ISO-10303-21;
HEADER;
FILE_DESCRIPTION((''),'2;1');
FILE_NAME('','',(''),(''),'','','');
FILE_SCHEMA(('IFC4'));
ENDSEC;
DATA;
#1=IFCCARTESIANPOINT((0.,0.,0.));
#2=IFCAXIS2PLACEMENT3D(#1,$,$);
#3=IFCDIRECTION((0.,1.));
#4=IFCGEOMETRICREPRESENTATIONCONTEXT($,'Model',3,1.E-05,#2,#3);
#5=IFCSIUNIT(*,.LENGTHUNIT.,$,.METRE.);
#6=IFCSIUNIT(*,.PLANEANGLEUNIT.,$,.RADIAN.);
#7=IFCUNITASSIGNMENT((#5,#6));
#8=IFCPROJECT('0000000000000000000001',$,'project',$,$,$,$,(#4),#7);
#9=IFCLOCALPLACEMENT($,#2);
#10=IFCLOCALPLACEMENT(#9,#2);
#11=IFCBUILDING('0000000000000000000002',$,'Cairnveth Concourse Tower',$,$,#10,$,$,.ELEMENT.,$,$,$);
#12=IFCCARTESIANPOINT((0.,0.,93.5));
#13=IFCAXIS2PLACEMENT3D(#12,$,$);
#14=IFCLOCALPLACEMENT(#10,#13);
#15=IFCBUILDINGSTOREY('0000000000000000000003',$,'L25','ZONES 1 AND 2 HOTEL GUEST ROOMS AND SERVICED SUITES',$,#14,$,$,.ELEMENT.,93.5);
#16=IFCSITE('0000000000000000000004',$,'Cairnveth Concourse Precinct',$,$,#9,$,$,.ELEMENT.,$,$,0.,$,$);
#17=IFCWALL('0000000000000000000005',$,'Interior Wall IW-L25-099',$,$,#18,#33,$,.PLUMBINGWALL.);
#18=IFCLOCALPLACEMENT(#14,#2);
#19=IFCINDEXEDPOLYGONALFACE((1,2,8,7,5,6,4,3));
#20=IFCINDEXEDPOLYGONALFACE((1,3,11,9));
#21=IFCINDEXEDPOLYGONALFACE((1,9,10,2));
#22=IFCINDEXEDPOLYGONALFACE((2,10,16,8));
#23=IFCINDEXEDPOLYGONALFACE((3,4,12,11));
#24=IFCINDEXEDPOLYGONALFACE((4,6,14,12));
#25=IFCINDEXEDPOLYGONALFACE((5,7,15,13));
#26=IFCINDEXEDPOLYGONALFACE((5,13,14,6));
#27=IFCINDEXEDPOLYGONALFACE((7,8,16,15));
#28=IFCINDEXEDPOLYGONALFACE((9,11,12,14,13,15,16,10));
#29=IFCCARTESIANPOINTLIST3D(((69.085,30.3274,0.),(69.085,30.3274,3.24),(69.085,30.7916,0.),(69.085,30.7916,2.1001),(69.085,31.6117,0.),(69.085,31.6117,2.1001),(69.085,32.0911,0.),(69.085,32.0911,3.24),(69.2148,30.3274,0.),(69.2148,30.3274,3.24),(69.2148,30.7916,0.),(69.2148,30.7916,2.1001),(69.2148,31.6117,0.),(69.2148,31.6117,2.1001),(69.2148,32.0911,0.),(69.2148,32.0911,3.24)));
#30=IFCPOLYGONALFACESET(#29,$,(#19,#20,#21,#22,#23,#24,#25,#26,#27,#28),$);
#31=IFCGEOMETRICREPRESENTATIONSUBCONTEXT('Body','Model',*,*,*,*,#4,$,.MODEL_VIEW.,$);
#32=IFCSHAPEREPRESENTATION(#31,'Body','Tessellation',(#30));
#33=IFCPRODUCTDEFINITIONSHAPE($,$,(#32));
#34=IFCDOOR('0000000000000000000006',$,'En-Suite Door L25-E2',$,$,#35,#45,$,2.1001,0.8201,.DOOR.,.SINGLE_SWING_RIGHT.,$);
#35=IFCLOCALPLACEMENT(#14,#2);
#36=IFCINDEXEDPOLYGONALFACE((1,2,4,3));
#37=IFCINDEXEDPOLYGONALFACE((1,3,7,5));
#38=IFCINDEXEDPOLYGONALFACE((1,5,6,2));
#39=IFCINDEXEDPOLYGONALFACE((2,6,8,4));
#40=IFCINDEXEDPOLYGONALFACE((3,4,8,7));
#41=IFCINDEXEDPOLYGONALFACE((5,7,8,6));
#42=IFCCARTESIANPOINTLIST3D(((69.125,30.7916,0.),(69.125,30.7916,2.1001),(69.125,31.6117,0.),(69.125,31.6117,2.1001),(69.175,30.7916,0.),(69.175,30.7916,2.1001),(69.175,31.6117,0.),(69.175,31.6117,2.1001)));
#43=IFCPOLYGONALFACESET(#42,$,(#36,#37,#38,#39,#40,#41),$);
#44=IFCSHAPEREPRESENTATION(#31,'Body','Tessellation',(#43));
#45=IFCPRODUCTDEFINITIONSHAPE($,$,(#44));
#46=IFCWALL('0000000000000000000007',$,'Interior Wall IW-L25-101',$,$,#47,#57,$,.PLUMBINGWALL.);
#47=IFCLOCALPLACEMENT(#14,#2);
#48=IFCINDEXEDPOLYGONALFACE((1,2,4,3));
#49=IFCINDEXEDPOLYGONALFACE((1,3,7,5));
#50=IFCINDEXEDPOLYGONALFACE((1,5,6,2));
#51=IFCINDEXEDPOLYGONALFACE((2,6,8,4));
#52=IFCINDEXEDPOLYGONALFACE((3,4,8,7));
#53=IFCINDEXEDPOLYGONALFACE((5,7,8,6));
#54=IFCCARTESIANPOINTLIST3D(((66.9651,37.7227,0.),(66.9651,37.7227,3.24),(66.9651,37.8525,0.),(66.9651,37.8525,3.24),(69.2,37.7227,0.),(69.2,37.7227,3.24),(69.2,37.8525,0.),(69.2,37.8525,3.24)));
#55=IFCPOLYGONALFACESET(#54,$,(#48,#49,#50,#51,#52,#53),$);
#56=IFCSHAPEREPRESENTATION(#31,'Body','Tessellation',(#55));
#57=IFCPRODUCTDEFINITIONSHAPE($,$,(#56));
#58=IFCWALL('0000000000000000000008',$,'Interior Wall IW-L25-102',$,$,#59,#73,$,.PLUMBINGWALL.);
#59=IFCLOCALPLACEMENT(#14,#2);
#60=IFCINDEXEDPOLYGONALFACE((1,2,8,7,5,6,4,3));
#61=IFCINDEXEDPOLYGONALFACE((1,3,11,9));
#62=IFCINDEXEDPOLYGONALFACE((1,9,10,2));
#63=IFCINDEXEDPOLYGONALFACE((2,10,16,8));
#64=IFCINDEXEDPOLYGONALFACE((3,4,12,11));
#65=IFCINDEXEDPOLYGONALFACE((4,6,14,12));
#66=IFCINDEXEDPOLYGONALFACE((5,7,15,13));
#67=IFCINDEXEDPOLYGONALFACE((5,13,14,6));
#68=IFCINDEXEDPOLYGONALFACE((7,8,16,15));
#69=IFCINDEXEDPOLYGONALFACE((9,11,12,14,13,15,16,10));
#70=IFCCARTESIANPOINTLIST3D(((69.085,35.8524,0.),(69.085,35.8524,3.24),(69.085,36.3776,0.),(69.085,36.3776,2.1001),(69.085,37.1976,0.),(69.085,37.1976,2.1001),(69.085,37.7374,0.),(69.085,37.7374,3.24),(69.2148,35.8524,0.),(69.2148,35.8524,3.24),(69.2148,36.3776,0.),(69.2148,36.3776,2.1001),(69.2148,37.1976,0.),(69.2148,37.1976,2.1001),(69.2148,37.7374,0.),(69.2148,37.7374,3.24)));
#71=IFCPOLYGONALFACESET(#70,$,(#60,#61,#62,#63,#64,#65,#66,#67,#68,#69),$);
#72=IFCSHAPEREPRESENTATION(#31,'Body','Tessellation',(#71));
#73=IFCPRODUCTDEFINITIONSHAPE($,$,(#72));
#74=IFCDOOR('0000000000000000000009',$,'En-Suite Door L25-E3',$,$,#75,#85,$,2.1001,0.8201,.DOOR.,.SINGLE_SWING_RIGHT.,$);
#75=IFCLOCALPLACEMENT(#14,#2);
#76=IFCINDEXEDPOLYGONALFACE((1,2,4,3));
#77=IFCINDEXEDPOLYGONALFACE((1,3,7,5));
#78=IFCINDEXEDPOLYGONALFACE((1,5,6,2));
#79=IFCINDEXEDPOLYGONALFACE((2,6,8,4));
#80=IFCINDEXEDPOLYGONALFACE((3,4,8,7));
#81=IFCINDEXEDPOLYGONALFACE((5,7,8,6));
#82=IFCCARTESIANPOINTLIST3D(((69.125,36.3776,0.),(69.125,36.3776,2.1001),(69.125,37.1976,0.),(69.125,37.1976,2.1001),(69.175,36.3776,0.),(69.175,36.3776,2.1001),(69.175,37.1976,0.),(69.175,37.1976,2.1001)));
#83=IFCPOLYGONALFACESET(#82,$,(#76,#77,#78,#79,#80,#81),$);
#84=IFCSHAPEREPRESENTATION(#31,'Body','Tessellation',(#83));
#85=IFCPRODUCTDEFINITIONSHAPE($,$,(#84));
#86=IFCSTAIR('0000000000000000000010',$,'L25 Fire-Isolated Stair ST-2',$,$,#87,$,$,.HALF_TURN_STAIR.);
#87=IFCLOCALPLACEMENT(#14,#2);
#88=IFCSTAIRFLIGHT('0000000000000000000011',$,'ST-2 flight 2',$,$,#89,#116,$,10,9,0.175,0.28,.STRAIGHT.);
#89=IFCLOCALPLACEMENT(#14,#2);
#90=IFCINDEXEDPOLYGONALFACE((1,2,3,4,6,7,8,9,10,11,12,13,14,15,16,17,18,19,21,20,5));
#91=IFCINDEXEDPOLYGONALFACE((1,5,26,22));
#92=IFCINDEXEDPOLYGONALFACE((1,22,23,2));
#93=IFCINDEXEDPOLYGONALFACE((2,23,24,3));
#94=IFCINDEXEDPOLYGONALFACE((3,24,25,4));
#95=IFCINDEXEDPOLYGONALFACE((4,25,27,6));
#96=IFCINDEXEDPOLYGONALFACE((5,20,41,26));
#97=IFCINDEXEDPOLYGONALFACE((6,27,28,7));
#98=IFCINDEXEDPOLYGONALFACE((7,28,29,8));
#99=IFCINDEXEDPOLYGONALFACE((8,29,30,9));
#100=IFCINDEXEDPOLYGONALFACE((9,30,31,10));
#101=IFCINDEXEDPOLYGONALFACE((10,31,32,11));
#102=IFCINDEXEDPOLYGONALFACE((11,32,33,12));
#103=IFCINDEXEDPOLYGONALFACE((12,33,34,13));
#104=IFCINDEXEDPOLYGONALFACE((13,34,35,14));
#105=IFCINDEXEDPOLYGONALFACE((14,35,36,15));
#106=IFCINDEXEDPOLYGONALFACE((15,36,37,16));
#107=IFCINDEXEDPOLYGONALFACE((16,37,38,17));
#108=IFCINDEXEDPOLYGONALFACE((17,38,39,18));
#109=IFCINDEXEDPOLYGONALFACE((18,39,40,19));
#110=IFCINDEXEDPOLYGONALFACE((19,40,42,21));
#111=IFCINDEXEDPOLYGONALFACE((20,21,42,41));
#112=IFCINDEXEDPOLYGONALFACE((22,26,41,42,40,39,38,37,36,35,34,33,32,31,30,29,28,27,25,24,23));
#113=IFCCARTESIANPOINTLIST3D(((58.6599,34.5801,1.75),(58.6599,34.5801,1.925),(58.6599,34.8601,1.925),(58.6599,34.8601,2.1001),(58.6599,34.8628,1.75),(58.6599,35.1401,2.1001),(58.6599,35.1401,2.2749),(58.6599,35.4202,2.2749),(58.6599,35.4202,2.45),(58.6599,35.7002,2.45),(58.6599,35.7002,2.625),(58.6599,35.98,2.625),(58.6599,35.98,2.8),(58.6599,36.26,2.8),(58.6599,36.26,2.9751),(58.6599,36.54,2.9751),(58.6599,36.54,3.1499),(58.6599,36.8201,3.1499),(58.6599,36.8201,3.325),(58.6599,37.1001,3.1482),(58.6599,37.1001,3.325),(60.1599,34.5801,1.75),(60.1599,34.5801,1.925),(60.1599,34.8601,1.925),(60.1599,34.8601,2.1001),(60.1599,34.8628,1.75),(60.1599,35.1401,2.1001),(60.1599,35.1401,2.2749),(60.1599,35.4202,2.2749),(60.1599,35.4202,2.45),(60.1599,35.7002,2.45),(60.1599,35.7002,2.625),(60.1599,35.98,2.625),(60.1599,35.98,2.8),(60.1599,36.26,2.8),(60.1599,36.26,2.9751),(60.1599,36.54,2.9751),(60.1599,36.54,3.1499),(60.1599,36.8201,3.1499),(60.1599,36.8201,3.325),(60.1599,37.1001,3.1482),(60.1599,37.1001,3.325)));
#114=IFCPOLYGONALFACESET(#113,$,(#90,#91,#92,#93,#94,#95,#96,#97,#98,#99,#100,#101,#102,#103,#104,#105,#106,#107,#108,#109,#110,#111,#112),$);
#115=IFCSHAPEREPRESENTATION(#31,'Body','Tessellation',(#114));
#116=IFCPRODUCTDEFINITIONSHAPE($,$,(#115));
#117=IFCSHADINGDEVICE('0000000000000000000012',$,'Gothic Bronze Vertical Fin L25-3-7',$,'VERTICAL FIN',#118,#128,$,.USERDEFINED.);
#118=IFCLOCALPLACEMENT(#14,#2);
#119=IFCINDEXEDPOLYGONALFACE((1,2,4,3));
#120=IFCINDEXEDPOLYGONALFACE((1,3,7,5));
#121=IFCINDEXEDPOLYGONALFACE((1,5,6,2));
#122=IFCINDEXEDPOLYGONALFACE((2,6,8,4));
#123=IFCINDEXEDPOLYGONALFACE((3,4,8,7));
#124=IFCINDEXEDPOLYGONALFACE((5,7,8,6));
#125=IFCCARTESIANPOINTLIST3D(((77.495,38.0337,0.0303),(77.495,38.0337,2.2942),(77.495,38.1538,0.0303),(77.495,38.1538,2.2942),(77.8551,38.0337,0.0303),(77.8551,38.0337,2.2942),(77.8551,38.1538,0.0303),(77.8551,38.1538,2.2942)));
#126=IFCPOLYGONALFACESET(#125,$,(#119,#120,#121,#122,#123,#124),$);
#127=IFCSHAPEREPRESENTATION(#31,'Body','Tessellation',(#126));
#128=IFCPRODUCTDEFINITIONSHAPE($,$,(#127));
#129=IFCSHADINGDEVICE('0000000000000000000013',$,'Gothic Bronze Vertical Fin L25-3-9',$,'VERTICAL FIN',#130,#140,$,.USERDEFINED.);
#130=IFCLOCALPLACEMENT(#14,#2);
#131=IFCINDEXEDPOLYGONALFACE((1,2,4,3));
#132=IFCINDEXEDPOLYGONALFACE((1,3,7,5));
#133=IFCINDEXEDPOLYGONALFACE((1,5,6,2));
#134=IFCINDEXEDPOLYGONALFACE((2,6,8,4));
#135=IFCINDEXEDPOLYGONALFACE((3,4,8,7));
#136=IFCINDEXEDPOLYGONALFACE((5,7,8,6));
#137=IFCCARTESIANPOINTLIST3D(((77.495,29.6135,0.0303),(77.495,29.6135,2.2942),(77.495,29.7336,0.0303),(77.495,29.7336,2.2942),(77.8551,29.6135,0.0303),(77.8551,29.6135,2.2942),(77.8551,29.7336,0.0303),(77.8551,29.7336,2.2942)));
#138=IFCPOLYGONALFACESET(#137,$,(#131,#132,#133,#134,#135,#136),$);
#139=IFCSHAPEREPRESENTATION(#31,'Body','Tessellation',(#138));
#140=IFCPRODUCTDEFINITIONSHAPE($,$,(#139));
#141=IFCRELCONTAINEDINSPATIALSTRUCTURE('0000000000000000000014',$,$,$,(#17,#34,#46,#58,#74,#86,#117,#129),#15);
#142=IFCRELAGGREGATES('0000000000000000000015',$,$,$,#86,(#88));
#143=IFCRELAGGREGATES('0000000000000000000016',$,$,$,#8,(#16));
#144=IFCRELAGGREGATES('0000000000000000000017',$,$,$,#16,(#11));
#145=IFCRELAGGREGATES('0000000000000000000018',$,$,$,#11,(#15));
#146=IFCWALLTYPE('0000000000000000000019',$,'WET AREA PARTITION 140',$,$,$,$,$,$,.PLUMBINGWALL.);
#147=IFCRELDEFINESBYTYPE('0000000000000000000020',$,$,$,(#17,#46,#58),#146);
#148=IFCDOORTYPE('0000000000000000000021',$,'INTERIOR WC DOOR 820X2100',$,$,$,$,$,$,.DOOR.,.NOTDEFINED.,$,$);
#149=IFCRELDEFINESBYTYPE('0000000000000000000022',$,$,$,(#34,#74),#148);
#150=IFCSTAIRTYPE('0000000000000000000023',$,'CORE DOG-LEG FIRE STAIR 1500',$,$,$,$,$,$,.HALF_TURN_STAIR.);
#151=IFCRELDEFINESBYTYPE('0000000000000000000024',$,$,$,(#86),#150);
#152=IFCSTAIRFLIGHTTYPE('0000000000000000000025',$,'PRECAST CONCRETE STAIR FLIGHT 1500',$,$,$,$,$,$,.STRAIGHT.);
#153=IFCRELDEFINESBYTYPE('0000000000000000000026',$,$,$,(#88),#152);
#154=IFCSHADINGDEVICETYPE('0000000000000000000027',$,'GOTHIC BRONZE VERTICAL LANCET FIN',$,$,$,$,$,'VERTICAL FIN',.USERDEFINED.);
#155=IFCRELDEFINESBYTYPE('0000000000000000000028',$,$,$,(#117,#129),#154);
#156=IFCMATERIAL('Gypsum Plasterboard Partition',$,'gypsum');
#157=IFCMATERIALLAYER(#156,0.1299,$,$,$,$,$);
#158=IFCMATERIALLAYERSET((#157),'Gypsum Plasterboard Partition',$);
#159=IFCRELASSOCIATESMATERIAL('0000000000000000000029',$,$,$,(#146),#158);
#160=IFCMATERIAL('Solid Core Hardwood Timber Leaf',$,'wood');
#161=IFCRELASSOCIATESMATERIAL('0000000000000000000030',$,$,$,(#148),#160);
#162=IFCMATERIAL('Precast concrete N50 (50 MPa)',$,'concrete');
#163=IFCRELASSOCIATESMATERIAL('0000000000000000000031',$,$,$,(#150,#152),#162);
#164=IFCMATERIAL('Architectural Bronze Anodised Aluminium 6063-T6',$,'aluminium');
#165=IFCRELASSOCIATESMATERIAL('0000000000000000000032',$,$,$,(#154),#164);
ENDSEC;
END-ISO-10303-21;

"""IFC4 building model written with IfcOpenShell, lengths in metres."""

from ifc_helpers import new_model, si_unit, direction, frame, frame_2d, origin, origin_2d, place, context, subcontext, project, spatial, polyline, rectangle, outline, extrude, material, layer, layer_set, type_object, element, fill, aggregate, save


model = new_model("IFC4")

# Units and contexts
model_context = context("Model", 3, precision=1e-05, world=origin(), true_north=direction((0.0, 1.0)))
body_context = subcontext(model_context, "Body", "Model", "MODEL_VIEW")
ifc_project = project(units=[si_unit("LENGTHUNIT", "METRE"), si_unit("PLANEANGLEUNIT", "RADIAN")], contexts=[model_context])

# Site, building, storey
site_placement = place(None, origin())
site = spatial("IfcSite", under=ifc_project, at=site_placement, Name="Cairnveth Concourse Precinct", CompositionType="ELEMENT", RefElevation=0.0)
building_placement = place(site_placement, origin())
building = spatial("IfcBuilding", under=site, at=building_placement, Name="Cairnveth Concourse Tower", CompositionType="ELEMENT")
storey_placement = place(building_placement, frame((0.0, 0.0, 93.5)))
storey = spatial("IfcBuildingStorey", under=building, at=storey_placement, Name="L25", Description="ZONES 1 AND 2 HOTEL GUEST ROOMS AND SERVICED SUITES", CompositionType="ELEMENT", Elevation=93.5)

# Shared definitions
ifc_material_1 = material(Name="Gypsum Plasterboard Partition", Category="gypsum")

# Shared definitions
ifc_layer_1 = layer(ifc_material_1, 0.1299)
ifc_layer_set_1 = layer_set([ifc_layer_1], Name="Gypsum Plasterboard Partition")
wall_type_1 = type_object("IfcWallType", Name="WET AREA PARTITION 140", PredefinedType="PLUMBINGWALL", material=ifc_layer_set_1)

# Wall, opening, door
wall_1_placement = place(storey_placement, frame((69.1499, 30.3274, 0.0), z_axis=(0.0, 0.0, 1.0), x_axis=(0.0, 1.0, 0.0)))
wall_1 = element("IfcWall", 1, at=wall_1_placement, inside=storey, type_object=wall_type_1, Name="Interior Wall IW-L25-099", PredefinedType="PLUMBINGWALL", context=body_context, shape_type="SweptSolid", body=[
    extrude(rectangle(XDim=1.7637, YDim=0.1299, at=frame_2d((0.8818, 0.0))), origin(), (0.0, 0.0, 1.0), 3.24),
])
opening_1_placement = place(wall_1_placement, frame((0.4641, 0.0, 0.0)))
opening_1 = element("IfcOpeningElement", 2, at=opening_1_placement, cuts=wall_1, PredefinedType="OPENING", context=body_context, shape_type="SweptSolid", body=[
    extrude(rectangle(XDim=0.8201, YDim=2.1001, at=frame_2d((0.4102, 1.05))), frame((0.0, 0.075, 0.0), z_axis=(0.0, -1.0, 0.0), x_axis=(1.0, 0.0, 0.0)), (0.0, 0.0, 1.0), 0.1499),
])
ifc_material_2 = material(Name="Solid Core Hardwood Timber Leaf", Category="wood")
door_type_1 = type_object("IfcDoorType", Name="INTERIOR WC DOOR 820X2100", OperationType="NOTDEFINED", PredefinedType="DOOR", material=ifc_material_2)
door_1_placement = place(opening_1_placement, origin())
door_1 = element("IfcDoor", 3, at=door_1_placement, inside=storey, type_object=door_type_1, Name="En-Suite Door L25-E2", OperationType="SINGLE_SWING_RIGHT", OverallHeight=2.1001, OverallWidth=0.8201, PredefinedType="DOOR", context=body_context, shape_type="SweptSolid", body=[
    extrude(rectangle(XDim=0.8201, YDim=2.1001, at=frame_2d((0.4102, 1.05))), frame((0.0, 0.0249, 0.0), z_axis=(0.0, -1.0, 0.0), x_axis=(1.0, 0.0, 0.0)), (0.0, 0.0, 1.0), 0.05),
])
fill(opening_1, door_1)

# Wall
wall_2_placement = place(storey_placement, frame((66.9651, 37.7876, 0.0), z_axis=(0.0, 0.0, 1.0), x_axis=(1.0, 0.0, 0.0)))
element("IfcWall", 4, at=wall_2_placement, inside=storey, type_object=wall_type_1, Name="Interior Wall IW-L25-101", PredefinedType="PLUMBINGWALL", context=body_context, shape_type="SweptSolid", body=[
    extrude(rectangle(XDim=2.2349, YDim=0.1299, at=frame_2d((1.1174, 0.0))), origin(), (0.0, 0.0, 1.0), 3.24),
])

# Wall, opening, door
wall_3_placement = place(storey_placement, frame((69.1499, 35.8525, 0.0), z_axis=(0.0, 0.0, 1.0), x_axis=(0.0, 1.0, 0.0)))
wall_3 = element("IfcWall", 5, at=wall_3_placement, inside=storey, type_object=wall_type_1, Name="Interior Wall IW-L25-102", PredefinedType="PLUMBINGWALL", context=body_context, shape_type="SweptSolid", body=[
    extrude(rectangle(XDim=1.885, YDim=0.1299, at=frame_2d((0.9424, 0.0))), origin(), (0.0, 0.0, 1.0), 3.24),
])
opening_2_placement = place(wall_3_placement, frame((0.5249, 0.0, 0.0)))
opening_2 = element("IfcOpeningElement", 6, at=opening_2_placement, cuts=wall_3, PredefinedType="OPENING", context=body_context, shape_type="SweptSolid", body=[
    extrude(rectangle(XDim=0.8201, YDim=2.1001, at=frame_2d((0.4102, 1.05))), frame((0.0, 0.075, 0.0), z_axis=(0.0, -1.0, 0.0), x_axis=(1.0, 0.0, 0.0)), (0.0, 0.0, 1.0), 0.1499),
])
door_2_placement = place(opening_2_placement, origin())
door_2 = element("IfcDoor", 7, at=door_2_placement, inside=storey, type_object=door_type_1, Name="En-Suite Door L25-E3", OperationType="SINGLE_SWING_RIGHT", OverallHeight=2.1001, OverallWidth=0.8201, PredefinedType="DOOR", context=body_context, shape_type="SweptSolid", body=[
    extrude(rectangle(XDim=0.8201, YDim=2.1001, at=frame_2d((0.4102, 1.05))), frame((0.0, 0.0249, 0.0), z_axis=(0.0, -1.0, 0.0), x_axis=(1.0, 0.0, 0.0)), (0.0, 0.0, 1.0), 0.05),
])
fill(opening_2, door_2)

# Stair, stair flight
ifc_material_3 = material(Name="Precast concrete N50 (50 MPa)", Category="concrete")
stair_type = type_object("IfcStairType", Name="CORE DOG-LEG FIRE STAIR 1500", PredefinedType="HALF_TURN_STAIR", material=ifc_material_3)
stair_placement = place(storey_placement, origin())
stair = element("IfcStair", 8, at=stair_placement, inside=storey, type_object=stair_type, Name="L25 Fire-Isolated Stair ST-2", PredefinedType="HALF_TURN_STAIR")
stair_flight_type = type_object("IfcStairFlightType", Name="PRECAST CONCRETE STAIR FLIGHT 1500", PredefinedType="STRAIGHT", material=ifc_material_3)
stair_flight_placement = place(storey_placement, frame((59.4099, 34.5801, 1.75), z_axis=(0.0, 0.0, 1.0), x_axis=(0.0, 1.0, 0.0)))
stair_flight = element("IfcStairFlight", 9, at=stair_flight_placement, type_object=stair_flight_type, Name="ST-2 flight 2", NumberOfRisers=10, NumberOfTreads=9, PredefinedType="STRAIGHT", RiserHeight=0.175, TreadLength=0.28, context=body_context, shape_type="SweptSolid", body=[
    extrude(outline(polyline([(0.0, 0.0), (0.0, 0.175), (0.28, 0.175), (0.28, 0.3501), (0.5601, 0.3501), (0.5601, 0.5249), (0.8401, 0.5249), (0.8401, 0.7), (1.1201, 0.7), (1.1201, 0.875), (1.3999, 0.875), (1.3999, 1.05), (1.6799, 1.05), (1.6799, 1.2251), (1.96, 1.2251), (1.96, 1.3999), (2.24, 1.3999), (2.24, 1.575), (2.52, 1.575), (2.52, 1.75), (2.52, 1.3982), (0.2827, 0.0), (0.0, 0.0)])), frame((0.0, 0.75, 0.0), z_axis=(0.0, -1.0, 0.0), x_axis=(1.0, 0.0, 0.0)), (0.0, 0.0, 1.0), 1.5),
])
aggregate(stair, [stair_flight])

# Shading devices
ifc_material_4 = material(Name="Architectural Bronze Anodised Aluminium 6063-T6", Category="aluminium")
shading_device_type = type_object("IfcShadingDeviceType", Name="GOTHIC BRONZE VERTICAL LANCET FIN", ElementType="VERTICAL FIN", PredefinedType="USERDEFINED", material=ifc_material_4)
for number, where, z_axis, x_axis, name in (
    (10, (77.675, 38.0938, 0.0303), (0.0, 0.0, 1.0), (0.0, 1.0, 0.0), "Gothic Bronze Vertical Fin L25-3-7"),
    (11, (77.675, 29.6736, 0.0303), (0.0, 0.0, 1.0), (0.0, 1.0, 0.0), "Gothic Bronze Vertical Fin L25-3-9"),
):
    element("IfcShadingDevice", number, at=place(storey_placement, frame(where, z_axis=z_axis, x_axis=x_axis)), inside=storey, type_object=shading_device_type, Name=name, ObjectType="VERTICAL FIN", PredefinedType="USERDEFINED", context=body_context, shape_type="SweptSolid", body=[
        extrude(rectangle(XDim=0.1201, YDim=0.3601, at=origin_2d()), origin(), (0.0, 0.0, 1.0), 2.2639),
    ])

save(model, "model.ifc")
